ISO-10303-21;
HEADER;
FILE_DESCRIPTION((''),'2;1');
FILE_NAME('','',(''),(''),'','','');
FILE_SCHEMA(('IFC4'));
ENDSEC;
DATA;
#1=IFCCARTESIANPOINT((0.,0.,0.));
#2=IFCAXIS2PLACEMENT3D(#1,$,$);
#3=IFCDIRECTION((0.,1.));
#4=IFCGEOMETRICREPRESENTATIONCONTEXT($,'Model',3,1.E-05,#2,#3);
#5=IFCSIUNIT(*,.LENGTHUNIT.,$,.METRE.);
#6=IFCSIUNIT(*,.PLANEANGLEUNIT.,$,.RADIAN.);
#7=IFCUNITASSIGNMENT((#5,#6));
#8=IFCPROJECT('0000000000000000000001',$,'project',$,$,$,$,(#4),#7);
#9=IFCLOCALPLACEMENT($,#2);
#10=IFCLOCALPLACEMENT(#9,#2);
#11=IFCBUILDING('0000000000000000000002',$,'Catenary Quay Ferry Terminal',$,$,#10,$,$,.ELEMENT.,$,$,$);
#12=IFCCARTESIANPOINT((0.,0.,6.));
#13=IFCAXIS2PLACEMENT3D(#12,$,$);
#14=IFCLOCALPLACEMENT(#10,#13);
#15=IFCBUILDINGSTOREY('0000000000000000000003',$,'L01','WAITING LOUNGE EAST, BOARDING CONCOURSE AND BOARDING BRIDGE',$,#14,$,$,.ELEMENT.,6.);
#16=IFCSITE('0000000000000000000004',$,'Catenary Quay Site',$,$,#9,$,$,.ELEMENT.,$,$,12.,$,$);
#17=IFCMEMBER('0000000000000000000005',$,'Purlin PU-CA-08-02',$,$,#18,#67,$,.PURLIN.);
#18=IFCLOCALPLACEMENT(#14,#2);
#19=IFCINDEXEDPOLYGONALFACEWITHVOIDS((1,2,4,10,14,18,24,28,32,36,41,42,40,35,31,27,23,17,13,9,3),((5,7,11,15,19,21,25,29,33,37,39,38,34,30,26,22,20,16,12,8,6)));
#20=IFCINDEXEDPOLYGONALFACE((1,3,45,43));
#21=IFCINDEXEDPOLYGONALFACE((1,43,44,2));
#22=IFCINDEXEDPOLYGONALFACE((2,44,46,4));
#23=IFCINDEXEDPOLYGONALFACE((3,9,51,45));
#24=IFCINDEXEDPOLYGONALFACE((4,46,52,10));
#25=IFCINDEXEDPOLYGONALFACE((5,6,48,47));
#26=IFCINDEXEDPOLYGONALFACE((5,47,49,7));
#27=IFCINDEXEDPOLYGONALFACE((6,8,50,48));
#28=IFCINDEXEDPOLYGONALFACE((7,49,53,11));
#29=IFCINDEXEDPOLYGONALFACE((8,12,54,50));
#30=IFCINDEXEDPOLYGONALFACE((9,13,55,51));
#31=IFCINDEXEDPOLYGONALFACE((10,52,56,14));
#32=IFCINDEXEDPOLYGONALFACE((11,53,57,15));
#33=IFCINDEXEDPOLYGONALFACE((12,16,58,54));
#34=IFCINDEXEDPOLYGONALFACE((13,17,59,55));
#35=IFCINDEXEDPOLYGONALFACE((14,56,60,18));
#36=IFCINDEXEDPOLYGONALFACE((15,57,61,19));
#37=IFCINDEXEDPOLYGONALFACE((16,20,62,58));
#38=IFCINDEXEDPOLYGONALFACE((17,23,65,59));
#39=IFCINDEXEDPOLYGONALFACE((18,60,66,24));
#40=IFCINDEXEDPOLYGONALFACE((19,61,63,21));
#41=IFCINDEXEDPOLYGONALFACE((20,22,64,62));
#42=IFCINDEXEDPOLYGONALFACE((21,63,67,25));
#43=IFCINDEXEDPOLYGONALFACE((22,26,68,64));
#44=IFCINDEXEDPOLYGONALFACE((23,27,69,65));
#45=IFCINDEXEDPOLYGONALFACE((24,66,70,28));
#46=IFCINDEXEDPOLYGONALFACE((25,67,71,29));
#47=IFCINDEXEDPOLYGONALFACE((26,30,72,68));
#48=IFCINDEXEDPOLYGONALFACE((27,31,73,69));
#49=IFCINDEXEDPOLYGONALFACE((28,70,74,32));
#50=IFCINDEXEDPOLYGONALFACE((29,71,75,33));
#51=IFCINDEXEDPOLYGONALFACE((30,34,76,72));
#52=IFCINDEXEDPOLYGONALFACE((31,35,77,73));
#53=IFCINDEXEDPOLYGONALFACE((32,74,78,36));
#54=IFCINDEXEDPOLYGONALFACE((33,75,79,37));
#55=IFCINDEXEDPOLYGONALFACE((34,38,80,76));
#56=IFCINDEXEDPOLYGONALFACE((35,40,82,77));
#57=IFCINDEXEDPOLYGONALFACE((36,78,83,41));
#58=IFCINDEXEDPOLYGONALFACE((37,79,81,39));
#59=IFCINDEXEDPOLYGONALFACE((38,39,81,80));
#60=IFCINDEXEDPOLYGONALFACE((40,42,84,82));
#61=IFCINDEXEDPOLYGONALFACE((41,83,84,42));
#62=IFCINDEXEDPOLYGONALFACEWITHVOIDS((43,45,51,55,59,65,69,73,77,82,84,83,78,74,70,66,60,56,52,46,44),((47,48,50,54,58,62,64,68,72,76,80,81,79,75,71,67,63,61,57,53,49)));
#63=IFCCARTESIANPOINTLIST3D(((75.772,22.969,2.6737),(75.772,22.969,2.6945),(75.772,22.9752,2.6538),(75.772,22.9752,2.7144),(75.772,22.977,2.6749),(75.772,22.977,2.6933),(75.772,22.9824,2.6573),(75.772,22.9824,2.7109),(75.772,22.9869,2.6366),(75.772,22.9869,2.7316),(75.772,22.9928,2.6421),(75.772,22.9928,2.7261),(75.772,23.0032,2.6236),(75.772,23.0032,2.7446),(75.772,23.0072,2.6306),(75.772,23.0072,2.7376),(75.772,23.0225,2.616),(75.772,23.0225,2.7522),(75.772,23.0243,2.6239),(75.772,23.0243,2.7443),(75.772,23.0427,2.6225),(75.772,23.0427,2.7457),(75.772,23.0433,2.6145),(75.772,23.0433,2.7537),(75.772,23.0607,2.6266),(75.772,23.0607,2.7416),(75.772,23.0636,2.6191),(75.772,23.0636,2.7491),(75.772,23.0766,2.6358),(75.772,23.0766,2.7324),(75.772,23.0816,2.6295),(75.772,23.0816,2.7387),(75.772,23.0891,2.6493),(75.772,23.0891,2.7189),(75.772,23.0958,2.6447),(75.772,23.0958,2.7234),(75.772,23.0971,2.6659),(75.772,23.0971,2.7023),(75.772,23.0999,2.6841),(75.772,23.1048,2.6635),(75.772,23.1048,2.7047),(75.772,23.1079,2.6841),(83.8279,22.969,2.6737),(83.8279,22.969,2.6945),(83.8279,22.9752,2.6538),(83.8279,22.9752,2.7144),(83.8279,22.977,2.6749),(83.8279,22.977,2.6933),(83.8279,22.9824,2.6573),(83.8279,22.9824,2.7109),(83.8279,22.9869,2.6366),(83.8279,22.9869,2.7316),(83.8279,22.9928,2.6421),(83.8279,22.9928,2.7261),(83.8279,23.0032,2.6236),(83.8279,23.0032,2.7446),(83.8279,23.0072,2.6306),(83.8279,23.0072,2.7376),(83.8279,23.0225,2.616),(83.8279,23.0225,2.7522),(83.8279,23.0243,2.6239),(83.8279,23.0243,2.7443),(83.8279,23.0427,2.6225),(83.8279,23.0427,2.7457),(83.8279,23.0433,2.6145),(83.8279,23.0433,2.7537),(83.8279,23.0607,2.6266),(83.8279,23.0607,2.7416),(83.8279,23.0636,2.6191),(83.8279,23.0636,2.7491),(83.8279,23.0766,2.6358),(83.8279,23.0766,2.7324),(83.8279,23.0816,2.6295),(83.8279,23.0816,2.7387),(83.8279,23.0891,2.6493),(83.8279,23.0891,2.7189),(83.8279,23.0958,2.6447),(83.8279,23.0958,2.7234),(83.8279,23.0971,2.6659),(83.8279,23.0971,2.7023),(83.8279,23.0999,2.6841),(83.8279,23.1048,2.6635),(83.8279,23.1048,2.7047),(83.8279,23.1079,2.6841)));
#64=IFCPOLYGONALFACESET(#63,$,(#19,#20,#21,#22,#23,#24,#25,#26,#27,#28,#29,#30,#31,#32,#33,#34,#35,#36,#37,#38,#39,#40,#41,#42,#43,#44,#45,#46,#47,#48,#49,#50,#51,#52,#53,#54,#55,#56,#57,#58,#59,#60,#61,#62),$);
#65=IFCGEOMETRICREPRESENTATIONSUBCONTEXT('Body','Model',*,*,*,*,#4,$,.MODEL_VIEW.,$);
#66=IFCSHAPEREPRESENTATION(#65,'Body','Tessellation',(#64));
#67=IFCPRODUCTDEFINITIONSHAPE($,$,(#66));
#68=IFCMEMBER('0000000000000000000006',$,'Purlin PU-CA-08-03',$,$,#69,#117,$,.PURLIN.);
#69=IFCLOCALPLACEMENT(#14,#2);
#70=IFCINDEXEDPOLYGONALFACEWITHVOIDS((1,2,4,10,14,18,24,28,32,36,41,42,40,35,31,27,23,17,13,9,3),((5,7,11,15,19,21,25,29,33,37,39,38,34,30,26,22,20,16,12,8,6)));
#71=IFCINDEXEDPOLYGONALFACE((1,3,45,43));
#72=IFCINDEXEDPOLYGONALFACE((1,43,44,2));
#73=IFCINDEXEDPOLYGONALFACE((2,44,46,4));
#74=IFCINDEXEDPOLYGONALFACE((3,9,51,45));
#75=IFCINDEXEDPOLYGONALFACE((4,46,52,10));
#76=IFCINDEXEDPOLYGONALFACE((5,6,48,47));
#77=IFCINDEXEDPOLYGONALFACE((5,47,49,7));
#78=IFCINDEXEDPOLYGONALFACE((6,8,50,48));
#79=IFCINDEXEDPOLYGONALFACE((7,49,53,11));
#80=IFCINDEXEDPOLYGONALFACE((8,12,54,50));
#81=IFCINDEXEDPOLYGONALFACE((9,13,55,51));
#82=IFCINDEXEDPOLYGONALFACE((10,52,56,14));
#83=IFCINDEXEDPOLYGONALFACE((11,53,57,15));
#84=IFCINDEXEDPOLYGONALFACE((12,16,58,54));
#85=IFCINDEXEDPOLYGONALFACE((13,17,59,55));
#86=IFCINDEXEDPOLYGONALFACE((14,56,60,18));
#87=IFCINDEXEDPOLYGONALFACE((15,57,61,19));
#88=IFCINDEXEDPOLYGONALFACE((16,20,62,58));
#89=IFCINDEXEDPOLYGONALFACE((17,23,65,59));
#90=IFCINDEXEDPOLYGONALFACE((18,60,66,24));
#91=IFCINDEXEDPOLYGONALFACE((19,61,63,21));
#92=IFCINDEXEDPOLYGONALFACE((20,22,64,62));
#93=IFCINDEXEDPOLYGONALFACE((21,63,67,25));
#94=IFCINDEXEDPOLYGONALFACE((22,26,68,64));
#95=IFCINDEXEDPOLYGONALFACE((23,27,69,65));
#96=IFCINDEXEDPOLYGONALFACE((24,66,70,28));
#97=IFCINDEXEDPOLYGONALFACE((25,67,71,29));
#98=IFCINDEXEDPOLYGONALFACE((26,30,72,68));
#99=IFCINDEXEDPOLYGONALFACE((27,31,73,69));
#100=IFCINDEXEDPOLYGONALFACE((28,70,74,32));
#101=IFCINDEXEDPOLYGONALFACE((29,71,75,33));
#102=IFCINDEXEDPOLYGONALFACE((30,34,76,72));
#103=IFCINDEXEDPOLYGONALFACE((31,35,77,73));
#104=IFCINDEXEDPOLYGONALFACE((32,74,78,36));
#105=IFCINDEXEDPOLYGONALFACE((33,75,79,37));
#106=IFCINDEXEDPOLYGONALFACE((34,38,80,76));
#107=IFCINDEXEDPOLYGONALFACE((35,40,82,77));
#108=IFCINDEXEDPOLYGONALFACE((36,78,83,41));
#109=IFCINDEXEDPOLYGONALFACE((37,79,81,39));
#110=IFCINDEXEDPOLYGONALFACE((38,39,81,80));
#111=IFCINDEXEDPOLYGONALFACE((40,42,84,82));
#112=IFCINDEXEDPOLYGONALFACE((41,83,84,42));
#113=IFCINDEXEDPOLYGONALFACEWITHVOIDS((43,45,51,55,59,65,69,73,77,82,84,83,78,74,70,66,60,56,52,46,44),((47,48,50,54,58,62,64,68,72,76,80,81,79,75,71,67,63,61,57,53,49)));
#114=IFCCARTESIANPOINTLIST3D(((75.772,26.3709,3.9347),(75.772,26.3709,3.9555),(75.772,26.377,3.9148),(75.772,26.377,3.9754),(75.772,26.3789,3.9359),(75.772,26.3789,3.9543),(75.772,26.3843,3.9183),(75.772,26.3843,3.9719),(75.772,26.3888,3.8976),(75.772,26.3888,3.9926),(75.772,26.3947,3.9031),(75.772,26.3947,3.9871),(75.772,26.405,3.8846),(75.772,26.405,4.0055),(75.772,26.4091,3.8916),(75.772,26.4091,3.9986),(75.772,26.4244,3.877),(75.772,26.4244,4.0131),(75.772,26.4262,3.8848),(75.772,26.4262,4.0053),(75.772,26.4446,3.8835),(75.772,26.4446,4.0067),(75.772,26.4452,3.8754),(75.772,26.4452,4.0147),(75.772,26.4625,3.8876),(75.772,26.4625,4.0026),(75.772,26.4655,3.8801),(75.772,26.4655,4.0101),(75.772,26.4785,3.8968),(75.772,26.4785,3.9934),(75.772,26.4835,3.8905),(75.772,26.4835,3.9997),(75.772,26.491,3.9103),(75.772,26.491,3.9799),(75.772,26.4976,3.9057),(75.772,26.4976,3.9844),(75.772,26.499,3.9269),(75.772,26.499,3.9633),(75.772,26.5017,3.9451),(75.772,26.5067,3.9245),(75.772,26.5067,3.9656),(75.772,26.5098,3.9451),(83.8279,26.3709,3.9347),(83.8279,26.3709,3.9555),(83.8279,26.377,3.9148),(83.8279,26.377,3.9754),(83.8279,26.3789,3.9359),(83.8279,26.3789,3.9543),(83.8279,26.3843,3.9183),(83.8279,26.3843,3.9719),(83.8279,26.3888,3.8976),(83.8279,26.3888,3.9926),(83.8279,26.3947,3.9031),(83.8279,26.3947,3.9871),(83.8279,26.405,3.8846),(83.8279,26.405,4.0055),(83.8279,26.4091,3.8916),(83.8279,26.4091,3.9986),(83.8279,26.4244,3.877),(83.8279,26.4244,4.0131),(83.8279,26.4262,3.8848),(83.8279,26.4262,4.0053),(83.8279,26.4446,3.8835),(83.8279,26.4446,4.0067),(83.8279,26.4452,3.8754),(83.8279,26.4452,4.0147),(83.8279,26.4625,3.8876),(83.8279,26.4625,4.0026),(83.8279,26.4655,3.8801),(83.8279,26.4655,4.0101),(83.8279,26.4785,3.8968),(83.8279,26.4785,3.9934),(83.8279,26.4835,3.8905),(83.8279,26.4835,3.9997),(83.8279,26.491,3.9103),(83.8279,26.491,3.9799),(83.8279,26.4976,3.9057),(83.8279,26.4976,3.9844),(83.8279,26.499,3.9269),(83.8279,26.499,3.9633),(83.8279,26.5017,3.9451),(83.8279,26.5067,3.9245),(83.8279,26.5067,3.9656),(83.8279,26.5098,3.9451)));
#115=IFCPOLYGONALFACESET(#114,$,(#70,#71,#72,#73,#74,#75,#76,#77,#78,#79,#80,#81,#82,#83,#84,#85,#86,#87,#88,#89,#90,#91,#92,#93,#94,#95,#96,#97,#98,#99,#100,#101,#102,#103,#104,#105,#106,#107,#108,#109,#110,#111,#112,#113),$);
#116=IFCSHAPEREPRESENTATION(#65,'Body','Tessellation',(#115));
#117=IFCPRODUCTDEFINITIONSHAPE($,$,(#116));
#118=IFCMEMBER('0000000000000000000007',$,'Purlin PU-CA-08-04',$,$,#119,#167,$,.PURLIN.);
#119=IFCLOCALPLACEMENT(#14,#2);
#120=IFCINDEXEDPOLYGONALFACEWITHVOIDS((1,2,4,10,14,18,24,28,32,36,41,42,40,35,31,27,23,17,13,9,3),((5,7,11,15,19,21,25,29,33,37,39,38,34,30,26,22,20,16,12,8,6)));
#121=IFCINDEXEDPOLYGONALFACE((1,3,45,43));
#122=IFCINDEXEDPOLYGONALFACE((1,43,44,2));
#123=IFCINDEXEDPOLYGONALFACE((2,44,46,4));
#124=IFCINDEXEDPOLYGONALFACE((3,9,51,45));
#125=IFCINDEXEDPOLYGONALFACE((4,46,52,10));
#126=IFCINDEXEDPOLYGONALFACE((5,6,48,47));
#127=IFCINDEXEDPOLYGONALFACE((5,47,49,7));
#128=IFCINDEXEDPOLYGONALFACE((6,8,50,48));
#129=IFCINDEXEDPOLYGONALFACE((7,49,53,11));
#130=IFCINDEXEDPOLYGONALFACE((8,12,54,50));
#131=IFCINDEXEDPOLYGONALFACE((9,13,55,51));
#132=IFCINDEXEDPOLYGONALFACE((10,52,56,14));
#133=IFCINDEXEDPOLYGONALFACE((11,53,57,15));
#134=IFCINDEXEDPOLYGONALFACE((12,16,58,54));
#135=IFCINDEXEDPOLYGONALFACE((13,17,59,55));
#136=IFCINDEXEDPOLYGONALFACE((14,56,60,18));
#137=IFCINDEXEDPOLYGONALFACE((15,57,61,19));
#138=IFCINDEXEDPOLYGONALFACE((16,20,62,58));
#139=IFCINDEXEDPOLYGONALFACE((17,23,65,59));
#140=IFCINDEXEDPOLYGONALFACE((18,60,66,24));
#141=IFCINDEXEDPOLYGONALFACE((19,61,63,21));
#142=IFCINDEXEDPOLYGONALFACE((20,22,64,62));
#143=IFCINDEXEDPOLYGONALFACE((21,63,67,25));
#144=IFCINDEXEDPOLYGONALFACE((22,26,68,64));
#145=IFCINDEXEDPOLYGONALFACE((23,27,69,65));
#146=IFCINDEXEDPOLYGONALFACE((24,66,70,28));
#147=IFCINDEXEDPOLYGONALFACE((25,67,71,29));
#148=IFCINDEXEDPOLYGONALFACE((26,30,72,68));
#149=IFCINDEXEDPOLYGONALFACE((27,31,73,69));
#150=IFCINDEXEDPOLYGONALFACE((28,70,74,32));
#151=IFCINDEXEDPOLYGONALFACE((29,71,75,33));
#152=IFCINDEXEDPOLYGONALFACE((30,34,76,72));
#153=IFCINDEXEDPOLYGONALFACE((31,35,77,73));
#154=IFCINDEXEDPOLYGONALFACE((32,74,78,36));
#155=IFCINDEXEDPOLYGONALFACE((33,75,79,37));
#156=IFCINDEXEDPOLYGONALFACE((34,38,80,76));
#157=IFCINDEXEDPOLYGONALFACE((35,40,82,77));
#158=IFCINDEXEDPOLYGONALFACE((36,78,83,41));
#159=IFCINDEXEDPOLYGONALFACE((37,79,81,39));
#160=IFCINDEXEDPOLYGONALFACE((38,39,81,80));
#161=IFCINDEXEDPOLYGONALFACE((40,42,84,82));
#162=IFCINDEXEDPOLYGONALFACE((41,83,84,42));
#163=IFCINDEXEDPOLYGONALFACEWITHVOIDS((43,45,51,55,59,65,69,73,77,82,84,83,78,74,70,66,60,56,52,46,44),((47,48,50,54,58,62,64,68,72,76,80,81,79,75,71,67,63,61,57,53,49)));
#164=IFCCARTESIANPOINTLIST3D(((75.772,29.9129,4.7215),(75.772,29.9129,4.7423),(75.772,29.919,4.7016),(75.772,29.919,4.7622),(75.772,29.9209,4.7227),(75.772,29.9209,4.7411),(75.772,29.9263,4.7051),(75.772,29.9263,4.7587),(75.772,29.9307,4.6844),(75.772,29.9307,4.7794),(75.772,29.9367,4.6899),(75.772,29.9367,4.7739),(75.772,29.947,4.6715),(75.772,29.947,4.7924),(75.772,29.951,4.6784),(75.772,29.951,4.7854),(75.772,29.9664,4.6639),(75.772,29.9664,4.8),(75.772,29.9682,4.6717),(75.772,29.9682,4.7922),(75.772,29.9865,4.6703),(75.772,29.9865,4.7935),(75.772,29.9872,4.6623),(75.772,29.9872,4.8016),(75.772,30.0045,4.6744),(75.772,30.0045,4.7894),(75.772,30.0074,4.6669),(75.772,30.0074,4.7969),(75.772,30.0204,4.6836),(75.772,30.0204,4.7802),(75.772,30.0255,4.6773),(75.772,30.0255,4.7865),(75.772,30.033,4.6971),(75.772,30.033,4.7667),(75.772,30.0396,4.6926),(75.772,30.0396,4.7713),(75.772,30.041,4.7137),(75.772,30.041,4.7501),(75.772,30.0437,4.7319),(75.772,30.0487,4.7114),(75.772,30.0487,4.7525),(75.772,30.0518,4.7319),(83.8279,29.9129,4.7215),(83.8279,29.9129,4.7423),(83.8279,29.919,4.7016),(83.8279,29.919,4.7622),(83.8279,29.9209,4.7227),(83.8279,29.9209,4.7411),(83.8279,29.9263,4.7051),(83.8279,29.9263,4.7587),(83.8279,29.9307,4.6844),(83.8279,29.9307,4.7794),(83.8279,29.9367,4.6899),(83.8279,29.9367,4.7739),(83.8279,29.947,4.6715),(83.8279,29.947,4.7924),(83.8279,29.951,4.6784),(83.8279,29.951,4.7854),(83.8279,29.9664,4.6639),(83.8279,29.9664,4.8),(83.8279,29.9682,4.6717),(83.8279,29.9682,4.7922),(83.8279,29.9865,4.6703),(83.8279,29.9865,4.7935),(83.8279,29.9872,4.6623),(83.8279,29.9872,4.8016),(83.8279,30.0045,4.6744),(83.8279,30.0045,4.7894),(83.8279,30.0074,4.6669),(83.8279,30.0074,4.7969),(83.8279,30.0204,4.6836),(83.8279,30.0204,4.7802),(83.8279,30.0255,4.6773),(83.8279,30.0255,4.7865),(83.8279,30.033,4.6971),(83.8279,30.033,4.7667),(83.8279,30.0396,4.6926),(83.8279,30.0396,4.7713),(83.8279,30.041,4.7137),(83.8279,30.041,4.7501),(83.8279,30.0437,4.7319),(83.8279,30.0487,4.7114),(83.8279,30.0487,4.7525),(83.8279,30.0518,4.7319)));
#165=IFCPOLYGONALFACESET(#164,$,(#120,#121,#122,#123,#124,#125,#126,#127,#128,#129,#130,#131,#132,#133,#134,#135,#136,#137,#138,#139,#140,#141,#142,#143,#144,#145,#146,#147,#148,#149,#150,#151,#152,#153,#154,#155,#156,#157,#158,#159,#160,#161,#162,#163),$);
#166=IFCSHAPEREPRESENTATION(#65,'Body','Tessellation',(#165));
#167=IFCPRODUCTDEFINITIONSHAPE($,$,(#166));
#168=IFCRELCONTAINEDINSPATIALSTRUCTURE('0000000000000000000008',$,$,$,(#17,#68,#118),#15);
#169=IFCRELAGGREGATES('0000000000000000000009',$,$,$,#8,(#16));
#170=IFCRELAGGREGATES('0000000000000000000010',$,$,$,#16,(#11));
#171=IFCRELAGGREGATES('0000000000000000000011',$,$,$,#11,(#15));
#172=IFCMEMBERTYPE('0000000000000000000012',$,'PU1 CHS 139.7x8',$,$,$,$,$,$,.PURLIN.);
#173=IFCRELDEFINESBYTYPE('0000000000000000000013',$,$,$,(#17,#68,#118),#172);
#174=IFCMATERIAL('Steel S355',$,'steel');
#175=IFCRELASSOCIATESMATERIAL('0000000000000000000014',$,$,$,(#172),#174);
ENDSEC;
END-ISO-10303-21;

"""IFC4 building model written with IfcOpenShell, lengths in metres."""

from ifc_helpers import new_model, si_unit, direction, frame, origin, origin_2d, place, context, subcontext, project, spatial, hollow_circle, extrude, material, material_profile, profile_set, type_object, element, save


model = new_model("IFC4")

# Units and contexts
model_context = context("Model", 3, precision=1e-05, world=origin(), true_north=direction((0.0, 1.0)))
body_context = subcontext(model_context, "Body", "Model", "MODEL_VIEW")
ifc_project = project(units=[si_unit("LENGTHUNIT", "METRE"), si_unit("PLANEANGLEUNIT", "RADIAN")], contexts=[model_context])

# Site, building, storey
site_placement = place(None, origin())
site = spatial("IfcSite", under=ifc_project, at=site_placement, Name="Catenary Quay Site", CompositionType="ELEMENT", RefElevation=12.0)
building_placement = place(site_placement, origin())
building = spatial("IfcBuilding", under=site, at=building_placement, Name="Catenary Quay Ferry Terminal", CompositionType="ELEMENT")
storey_placement = place(building_placement, frame((0.0, 0.0, 6.0)))
storey = spatial("IfcBuildingStorey", under=building, at=storey_placement, Name="L01", Description="WAITING LOUNGE EAST, BOARDING CONCOURSE AND BOARDING BRIDGE", CompositionType="ELEMENT", Elevation=6.0)

# Members
ifc_material_1 = material(Name="Steel S355", Category="steel")
ifc_material_profile_1 = material_profile(ifc_material_1, hollow_circle(Radius=0.0698, WallThickness=0.0081, at=origin_2d()), Name="CHS 139.7x8")
ifc_profile_set_1 = profile_set([ifc_material_profile_1], Name="Steel S355")
member_type_1 = type_object("IfcMemberType", Name="PU1 CHS 139.7x8", PredefinedType="PURLIN", material=ifc_profile_set_1)
for number, where, z_axis, x_axis, name in (
    (1, (75.772, 23.0381, 2.6841), (1.0, 0.0, 0.0), (0.0, 1.0, 0.0), "Purlin PU-CA-08-02"),
    (2, (75.772, 26.4399, 3.9451), (1.0, 0.0, 0.0), (0.0, 1.0, 0.0), "Purlin PU-CA-08-03"),
    (3, (75.772, 29.9819, 4.7319), (1.0, 0.0, 0.0), (0.0, 1.0, 0.0), "Purlin PU-CA-08-04"),
):
    element("IfcMember", number, at=place(storey_placement, frame(where, z_axis=z_axis, x_axis=x_axis)), inside=storey, type_object=member_type_1, Name=name, PredefinedType="PURLIN", context=body_context, shape_type="SweptSolid", body=[
        extrude(hollow_circle(Radius=0.0698, WallThickness=0.0081, at=origin_2d()), origin(), (0.0, 0.0, 1.0), 8.0559),
    ])

save(model, "model.ifc")
